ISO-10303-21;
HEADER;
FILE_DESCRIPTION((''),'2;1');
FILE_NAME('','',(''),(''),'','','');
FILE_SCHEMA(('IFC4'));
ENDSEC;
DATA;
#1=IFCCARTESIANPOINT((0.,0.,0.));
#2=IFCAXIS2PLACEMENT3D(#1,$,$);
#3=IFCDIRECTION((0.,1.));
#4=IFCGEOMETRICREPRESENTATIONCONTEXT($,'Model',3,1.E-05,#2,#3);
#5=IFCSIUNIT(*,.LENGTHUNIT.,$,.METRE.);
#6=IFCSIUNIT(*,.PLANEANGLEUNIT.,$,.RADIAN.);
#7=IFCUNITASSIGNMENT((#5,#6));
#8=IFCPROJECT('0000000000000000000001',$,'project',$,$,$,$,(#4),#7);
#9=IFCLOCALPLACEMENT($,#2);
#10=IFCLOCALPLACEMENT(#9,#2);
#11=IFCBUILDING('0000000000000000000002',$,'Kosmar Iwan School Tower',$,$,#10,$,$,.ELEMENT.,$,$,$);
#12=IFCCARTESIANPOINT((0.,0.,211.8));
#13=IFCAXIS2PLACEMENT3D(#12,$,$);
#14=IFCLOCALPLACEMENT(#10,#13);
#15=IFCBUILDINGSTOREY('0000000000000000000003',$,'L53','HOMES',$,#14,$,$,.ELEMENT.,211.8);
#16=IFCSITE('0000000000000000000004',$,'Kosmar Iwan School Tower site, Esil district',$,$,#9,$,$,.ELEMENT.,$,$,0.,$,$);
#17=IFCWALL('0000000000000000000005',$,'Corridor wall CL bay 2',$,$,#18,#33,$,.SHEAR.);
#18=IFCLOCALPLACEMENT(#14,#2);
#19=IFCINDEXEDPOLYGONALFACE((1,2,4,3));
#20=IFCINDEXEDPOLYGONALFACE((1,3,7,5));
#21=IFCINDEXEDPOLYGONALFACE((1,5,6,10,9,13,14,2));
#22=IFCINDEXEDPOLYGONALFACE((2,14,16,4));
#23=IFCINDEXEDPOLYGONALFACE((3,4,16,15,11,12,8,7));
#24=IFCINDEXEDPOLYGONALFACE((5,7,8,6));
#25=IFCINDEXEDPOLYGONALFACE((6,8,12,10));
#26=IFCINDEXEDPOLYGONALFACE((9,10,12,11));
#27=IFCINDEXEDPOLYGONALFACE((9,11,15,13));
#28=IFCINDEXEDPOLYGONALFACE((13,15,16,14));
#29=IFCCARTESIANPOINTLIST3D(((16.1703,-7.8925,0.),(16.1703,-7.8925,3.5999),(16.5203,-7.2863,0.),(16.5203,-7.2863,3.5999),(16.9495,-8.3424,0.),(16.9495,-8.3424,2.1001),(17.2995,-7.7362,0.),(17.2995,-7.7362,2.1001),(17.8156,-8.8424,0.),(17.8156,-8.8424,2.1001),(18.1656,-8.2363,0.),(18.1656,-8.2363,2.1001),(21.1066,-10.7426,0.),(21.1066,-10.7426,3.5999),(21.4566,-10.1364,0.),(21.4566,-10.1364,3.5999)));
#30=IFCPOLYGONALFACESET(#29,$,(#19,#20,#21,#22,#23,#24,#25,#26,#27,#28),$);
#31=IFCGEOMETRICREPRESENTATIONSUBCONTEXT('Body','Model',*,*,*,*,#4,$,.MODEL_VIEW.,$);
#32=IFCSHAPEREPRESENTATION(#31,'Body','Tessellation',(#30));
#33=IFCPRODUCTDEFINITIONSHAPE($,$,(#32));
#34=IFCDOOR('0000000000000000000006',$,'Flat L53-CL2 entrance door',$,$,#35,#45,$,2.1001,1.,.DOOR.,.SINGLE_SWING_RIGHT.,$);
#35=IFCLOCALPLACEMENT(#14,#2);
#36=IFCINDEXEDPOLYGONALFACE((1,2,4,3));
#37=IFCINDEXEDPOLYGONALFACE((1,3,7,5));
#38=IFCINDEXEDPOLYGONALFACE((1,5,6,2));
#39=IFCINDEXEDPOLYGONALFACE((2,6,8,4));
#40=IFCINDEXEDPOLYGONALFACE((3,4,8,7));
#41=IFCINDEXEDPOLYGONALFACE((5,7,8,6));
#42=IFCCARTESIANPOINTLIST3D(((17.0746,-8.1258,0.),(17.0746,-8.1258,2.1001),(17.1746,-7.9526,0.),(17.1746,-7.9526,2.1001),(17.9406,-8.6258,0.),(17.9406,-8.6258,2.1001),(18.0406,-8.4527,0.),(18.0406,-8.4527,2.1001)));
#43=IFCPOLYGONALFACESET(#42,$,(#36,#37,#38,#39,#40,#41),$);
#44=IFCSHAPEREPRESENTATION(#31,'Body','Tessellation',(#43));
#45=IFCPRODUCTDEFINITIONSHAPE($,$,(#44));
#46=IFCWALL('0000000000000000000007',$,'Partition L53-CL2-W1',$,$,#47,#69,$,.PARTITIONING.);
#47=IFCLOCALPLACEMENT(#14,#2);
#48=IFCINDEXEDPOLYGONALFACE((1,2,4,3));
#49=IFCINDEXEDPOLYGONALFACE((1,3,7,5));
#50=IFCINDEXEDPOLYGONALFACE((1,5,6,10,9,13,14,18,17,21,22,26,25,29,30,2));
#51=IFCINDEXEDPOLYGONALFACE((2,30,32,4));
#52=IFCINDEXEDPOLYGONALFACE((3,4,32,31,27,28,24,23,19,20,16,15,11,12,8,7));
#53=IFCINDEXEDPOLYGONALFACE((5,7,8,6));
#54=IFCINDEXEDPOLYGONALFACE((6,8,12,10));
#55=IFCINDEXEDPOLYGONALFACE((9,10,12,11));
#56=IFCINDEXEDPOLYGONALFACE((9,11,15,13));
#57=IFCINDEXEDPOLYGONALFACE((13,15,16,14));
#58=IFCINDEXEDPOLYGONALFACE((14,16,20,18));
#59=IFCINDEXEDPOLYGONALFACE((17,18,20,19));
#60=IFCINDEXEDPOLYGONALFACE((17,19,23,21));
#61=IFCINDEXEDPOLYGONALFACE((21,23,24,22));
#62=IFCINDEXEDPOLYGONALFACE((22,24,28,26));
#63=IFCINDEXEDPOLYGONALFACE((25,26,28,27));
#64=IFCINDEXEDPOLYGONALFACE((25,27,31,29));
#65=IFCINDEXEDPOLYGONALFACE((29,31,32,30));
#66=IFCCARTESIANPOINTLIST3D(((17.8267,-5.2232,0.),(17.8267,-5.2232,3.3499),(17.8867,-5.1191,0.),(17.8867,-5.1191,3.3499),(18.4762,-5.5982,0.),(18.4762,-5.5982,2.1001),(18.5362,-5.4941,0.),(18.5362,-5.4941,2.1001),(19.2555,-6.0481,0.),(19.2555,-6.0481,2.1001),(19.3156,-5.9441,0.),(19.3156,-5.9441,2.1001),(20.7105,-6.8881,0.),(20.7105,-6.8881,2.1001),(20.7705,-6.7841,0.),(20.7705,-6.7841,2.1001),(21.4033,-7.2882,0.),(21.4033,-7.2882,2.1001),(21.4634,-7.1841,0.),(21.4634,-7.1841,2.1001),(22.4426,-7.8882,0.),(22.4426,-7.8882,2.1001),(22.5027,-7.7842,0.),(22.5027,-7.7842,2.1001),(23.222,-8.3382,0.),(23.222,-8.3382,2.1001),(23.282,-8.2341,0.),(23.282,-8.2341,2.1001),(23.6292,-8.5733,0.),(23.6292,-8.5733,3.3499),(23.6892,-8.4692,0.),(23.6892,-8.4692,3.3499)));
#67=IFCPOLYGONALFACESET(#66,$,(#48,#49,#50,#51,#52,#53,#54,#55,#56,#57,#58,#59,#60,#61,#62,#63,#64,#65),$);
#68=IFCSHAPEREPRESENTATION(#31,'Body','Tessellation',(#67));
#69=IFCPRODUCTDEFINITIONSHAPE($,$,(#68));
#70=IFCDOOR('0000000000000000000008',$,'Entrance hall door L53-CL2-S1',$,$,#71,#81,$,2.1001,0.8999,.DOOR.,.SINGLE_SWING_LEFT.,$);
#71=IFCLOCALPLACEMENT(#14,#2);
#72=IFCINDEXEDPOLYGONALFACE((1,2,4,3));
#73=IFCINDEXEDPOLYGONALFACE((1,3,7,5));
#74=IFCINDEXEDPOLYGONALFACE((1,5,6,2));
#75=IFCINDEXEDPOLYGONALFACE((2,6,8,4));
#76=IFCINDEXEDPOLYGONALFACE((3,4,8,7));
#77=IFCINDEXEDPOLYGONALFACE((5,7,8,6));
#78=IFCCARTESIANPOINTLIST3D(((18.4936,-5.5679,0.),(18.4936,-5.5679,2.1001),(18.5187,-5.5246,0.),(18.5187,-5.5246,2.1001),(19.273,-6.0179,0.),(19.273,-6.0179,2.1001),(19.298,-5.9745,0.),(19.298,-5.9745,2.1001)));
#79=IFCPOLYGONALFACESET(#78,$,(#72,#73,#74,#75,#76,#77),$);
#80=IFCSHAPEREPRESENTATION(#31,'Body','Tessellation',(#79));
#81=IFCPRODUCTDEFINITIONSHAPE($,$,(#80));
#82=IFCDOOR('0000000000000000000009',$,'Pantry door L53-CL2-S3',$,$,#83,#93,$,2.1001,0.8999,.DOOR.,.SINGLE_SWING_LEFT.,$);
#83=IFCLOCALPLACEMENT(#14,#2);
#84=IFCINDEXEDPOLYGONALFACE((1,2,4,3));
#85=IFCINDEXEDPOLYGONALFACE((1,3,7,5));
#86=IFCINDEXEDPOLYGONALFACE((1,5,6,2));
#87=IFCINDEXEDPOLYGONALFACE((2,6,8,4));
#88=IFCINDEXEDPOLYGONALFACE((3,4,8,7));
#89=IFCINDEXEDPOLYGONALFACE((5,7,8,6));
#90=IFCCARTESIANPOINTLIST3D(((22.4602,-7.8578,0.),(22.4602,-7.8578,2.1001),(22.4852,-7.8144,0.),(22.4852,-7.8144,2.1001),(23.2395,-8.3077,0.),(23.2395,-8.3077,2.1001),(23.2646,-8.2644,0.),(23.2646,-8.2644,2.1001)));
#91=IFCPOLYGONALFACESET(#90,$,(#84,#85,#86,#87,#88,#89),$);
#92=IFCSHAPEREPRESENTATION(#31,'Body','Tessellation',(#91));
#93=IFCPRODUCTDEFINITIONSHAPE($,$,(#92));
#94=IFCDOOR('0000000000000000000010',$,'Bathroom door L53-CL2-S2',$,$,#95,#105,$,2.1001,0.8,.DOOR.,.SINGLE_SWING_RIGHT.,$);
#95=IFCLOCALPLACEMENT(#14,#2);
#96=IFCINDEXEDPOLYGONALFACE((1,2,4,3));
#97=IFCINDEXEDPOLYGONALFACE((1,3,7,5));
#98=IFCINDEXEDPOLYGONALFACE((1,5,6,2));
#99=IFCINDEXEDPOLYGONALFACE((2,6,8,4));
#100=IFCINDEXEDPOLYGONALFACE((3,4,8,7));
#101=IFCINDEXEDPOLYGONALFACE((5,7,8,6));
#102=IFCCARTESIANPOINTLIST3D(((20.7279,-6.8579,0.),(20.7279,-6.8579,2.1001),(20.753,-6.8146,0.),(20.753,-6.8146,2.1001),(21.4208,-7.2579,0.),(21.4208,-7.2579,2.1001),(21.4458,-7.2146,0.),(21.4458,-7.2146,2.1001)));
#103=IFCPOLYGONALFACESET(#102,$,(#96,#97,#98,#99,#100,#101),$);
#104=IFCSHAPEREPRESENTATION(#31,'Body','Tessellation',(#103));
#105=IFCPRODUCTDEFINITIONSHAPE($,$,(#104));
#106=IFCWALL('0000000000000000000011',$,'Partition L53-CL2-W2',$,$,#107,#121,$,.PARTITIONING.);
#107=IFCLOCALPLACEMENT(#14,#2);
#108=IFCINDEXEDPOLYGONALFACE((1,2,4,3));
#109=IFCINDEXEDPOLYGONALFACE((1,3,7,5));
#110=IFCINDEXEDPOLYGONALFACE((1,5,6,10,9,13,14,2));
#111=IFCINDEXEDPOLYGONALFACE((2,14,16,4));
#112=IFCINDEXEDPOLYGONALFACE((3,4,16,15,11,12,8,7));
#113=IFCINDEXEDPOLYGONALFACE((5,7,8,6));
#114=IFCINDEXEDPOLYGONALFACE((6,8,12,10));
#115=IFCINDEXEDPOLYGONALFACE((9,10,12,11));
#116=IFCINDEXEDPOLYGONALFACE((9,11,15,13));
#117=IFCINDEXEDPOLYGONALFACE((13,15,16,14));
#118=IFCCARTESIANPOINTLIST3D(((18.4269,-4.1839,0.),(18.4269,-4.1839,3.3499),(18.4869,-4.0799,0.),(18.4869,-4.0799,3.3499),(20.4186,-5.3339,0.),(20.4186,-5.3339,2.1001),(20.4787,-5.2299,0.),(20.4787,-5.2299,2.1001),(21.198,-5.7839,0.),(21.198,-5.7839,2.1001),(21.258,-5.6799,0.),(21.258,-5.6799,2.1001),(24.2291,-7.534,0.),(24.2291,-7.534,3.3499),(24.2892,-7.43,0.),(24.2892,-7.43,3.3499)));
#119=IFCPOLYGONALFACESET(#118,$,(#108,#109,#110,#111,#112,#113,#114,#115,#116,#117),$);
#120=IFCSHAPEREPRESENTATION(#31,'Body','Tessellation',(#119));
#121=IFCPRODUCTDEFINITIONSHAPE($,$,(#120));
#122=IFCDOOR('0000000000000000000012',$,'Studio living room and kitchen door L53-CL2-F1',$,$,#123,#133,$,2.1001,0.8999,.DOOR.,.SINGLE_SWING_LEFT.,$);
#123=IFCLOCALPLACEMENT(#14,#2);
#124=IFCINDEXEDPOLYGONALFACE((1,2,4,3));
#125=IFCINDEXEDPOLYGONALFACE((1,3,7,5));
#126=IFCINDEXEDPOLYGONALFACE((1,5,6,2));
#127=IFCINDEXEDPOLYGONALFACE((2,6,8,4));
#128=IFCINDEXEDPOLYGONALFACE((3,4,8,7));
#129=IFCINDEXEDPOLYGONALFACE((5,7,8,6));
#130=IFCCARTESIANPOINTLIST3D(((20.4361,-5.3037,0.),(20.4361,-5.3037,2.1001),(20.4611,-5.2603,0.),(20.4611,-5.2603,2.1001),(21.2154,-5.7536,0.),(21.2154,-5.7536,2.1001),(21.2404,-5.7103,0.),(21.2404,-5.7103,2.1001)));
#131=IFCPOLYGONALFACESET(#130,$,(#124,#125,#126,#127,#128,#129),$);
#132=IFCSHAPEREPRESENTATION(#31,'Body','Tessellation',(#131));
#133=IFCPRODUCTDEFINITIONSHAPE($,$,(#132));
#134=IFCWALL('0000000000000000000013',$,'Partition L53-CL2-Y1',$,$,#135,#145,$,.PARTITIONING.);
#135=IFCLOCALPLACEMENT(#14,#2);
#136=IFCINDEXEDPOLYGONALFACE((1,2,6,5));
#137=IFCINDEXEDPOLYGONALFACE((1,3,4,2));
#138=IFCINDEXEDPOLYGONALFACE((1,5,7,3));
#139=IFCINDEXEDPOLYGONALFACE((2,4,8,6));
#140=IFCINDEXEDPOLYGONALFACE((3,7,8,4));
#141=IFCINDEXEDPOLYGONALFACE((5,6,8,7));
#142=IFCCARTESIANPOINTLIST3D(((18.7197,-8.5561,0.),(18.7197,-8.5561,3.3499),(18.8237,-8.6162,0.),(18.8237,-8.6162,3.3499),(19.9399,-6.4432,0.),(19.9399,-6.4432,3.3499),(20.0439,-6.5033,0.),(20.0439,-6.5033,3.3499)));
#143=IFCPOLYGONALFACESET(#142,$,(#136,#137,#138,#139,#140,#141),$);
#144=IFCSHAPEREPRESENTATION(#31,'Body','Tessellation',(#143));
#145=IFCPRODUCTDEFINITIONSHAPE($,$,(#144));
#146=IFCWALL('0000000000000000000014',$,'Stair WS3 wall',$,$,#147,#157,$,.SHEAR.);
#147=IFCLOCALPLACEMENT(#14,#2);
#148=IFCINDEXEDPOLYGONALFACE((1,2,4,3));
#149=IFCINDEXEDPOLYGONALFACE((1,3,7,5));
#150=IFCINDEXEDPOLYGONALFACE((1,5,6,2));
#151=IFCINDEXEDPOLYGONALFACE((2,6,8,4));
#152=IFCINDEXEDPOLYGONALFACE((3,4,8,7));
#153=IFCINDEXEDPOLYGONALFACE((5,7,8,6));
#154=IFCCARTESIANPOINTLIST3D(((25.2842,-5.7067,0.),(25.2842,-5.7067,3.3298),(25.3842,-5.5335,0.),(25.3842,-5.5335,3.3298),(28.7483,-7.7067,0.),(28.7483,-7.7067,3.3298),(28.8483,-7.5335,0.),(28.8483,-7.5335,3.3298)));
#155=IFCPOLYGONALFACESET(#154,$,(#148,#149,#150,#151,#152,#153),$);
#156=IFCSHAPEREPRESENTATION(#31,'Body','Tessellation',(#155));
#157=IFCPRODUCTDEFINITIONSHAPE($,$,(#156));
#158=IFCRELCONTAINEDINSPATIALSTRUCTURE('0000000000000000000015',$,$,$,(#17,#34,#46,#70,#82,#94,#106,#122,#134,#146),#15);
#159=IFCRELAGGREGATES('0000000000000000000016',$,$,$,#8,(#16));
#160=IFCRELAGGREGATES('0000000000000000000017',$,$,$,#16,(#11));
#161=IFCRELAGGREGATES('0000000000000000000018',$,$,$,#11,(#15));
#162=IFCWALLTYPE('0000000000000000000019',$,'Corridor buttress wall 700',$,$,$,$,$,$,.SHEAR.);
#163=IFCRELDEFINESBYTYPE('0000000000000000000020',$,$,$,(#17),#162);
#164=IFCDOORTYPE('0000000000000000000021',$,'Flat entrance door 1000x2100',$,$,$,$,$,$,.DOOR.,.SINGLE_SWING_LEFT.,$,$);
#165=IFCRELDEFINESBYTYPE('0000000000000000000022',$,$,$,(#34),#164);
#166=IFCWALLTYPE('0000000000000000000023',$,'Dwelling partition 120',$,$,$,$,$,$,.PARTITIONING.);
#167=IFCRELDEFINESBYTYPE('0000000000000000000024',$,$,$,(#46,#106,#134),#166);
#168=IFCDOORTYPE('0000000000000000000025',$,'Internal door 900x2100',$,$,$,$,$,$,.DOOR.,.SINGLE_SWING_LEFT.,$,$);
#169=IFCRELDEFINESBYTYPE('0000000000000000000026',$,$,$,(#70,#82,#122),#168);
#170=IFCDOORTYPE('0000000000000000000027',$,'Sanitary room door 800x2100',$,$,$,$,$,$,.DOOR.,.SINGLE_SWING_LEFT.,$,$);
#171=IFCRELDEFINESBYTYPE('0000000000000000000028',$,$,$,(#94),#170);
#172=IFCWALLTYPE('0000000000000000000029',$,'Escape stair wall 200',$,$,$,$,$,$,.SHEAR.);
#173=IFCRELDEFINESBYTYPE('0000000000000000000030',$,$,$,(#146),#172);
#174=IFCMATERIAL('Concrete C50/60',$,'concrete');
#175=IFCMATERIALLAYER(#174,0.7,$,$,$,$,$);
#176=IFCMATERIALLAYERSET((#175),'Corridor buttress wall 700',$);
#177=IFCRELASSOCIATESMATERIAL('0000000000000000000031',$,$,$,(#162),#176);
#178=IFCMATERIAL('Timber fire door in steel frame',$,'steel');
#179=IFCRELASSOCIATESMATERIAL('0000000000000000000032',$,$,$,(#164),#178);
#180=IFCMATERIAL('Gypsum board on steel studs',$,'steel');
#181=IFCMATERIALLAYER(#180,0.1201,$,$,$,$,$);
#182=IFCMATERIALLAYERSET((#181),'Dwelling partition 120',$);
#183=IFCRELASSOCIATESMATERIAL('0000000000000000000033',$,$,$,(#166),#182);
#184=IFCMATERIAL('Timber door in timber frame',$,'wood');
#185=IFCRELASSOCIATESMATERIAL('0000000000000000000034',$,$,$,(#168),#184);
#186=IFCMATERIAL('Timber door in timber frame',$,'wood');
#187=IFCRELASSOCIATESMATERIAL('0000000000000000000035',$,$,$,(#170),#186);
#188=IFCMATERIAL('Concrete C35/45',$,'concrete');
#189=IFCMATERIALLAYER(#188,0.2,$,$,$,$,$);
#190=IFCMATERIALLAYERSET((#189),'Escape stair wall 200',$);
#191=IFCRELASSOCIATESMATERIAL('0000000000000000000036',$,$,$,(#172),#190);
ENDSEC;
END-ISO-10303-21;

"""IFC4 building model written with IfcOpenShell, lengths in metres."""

from ifc_helpers import new_model, si_unit, direction, frame, frame_2d, origin, place, context, subcontext, project, spatial, rectangle, extrude, material, layer, layer_set, type_object, element, fill, save


model = new_model("IFC4")

# Units and contexts
model_context = context("Model", 3, precision=1e-05, world=origin(), true_north=direction((0.0, 1.0)))
body_context = subcontext(model_context, "Body", "Model", "MODEL_VIEW")
ifc_project = project(units=[si_unit("LENGTHUNIT", "METRE"), si_unit("PLANEANGLEUNIT", "RADIAN")], contexts=[model_context])

# Site, building, storey
site_placement = place(None, origin())
site = spatial("IfcSite", under=ifc_project, at=site_placement, Name="Kosmar Iwan School Tower site, Esil district", CompositionType="ELEMENT", RefElevation=0.0)
building_placement = place(site_placement, origin())
building = spatial("IfcBuilding", under=site, at=building_placement, Name="Kosmar Iwan School Tower", CompositionType="ELEMENT")
storey_placement = place(building_placement, frame((0.0, 0.0, 211.8)))
storey = spatial("IfcBuildingStorey", under=building, at=storey_placement, Name="L53", Description="HOMES", CompositionType="ELEMENT", Elevation=211.8)

# Wall, opening, door
ifc_material_1 = material(Name="Concrete C50/60", Category="concrete")
ifc_layer_1 = layer(ifc_material_1, 0.7)
ifc_layer_set_1 = layer_set([ifc_layer_1], Name="Corridor buttress wall 700")
wall_type_1 = type_object("IfcWallType", Name="Corridor buttress wall 700", PredefinedType="SHEAR", material=ifc_layer_set_1)
wall_1_placement = place(storey_placement, frame((16.3452, -7.5894, 0.0), z_axis=(0.0, 0.0, 1.0), x_axis=(0.866015, -0.500018, 0.0)))
wall_1 = element("IfcWall", 1, at=wall_1_placement, inside=storey, type_object=wall_type_1, Name="Corridor wall CL bay 2", PredefinedType="SHEAR", context=body_context, shape_type="SweptSolid", body=[
    extrude(rectangle(XDim=5.7, YDim=0.7, at=frame_2d((2.8501, 0.0))), origin(), (0.0, 0.0, 1.0), 3.5999),
])
opening_1_placement = place(wall_1_placement, frame((0.8999, 0.0, 0.0)))
opening_1 = element("IfcOpeningElement", 2, at=opening_1_placement, cuts=wall_1, PredefinedType="OPENING", context=body_context, shape_type="SweptSolid", body=[
    extrude(rectangle(XDim=1.0, YDim=2.1001, at=frame_2d((0.5, 1.05))), frame((0.0, 0.3621, 0.0), z_axis=(0.0, -1.0, 0.0), x_axis=(1.0, 0.0, 0.0)), (0.0, 0.0, 1.0), 0.7239),
])
ifc_material_2 = material(Name="Timber fire door in steel frame", Category="steel")
door_type_1 = type_object("IfcDoorType", Name="Flat entrance door 1000x2100", OperationType="SINGLE_SWING_LEFT", PredefinedType="DOOR", material=ifc_material_2)
door_1_placement = place(opening_1_placement, origin())
door_1 = element("IfcDoor", 3, at=door_1_placement, inside=storey, type_object=door_type_1, Name="Flat L53-CL2 entrance door", OperationType="SINGLE_SWING_RIGHT", OverallHeight=2.1001, OverallWidth=1.0, PredefinedType="DOOR", context=body_context, shape_type="SweptSolid", body=[
    extrude(rectangle(XDim=1.0, YDim=2.1001, at=frame_2d((0.5, 1.05))), frame((0.0, 0.1001, 0.0), z_axis=(0.0, -1.0, 0.0), x_axis=(1.0, 0.0, 0.0)), (0.0, 0.0, 1.0), 0.2),
])
fill(opening_1, door_1)

# Wall, openings, doors
ifc_material_3 = material(Name="Gypsum board on steel studs", Category="steel")
ifc_layer_2 = layer(ifc_material_3, 0.1201)
ifc_layer_set_2 = layer_set([ifc_layer_2], Name="Dwelling partition 120")
wall_type_2 = type_object("IfcWallType", Name="Dwelling partition 120", PredefinedType="PARTITIONING", material=ifc_layer_set_2)
wall_2_placement = place(storey_placement, frame((17.8567, -5.1711, 0.0), z_axis=(0.0, 0.0, 1.0), x_axis=(0.866024, -0.500003, 0.0)))
wall_2 = element("IfcWall", 4, at=wall_2_placement, inside=storey, type_object=wall_type_2, Name="Partition L53-CL2-W1", PredefinedType="PARTITIONING", context=body_context, shape_type="SweptSolid", body=[
    extrude(rectangle(XDim=6.7002, YDim=0.1201, at=frame_2d((3.3501, 0.0))), origin(), (0.0, 0.0, 1.0), 3.3499),
])
opening_2_placement = place(wall_2_placement, frame((0.75, 0.0, 0.0)))
opening_2 = element("IfcOpeningElement", 5, at=opening_2_placement, cuts=wall_2, PredefinedType="OPENING", context=body_context, shape_type="SweptSolid", body=[
    extrude(rectangle(XDim=0.8999, YDim=2.1001, at=frame_2d((0.45, 1.05))), frame((0.0, 0.072, 0.0), z_axis=(0.0, -1.0, 0.0), x_axis=(1.0, 0.0, 0.0)), (0.0, 0.0, 1.0), 0.144),
])
opening_3_placement = place(wall_2_placement, frame((3.3301, 0.0, 0.0)))
opening_3 = element("IfcOpeningElement", 6, at=opening_3_placement, cuts=wall_2, PredefinedType="OPENING", context=body_context, shape_type="SweptSolid", body=[
    extrude(rectangle(XDim=0.8, YDim=2.1001, at=frame_2d((0.3999, 1.05))), frame((0.0, 0.072, 0.0), z_axis=(0.0, -1.0, 0.0), x_axis=(1.0, 0.0, 0.0)), (0.0, 0.0, 1.0), 0.144),
])
opening_4_placement = place(wall_2_placement, frame((5.3301, 0.0, 0.0)))
opening_4 = element("IfcOpeningElement", 7, at=opening_4_placement, cuts=wall_2, PredefinedType="OPENING", context=body_context, shape_type="SweptSolid", body=[
    extrude(rectangle(XDim=0.8999, YDim=2.1001, at=frame_2d((0.45, 1.05))), frame((0.0, 0.072, 0.0), z_axis=(0.0, -1.0, 0.0), x_axis=(1.0, 0.0, 0.0)), (0.0, 0.0, 1.0), 0.144),
])
ifc_material_4 = material(Name="Timber door in timber frame", Category="wood")
door_type_2 = type_object("IfcDoorType", Name="Internal door 900x2100", OperationType="SINGLE_SWING_LEFT", PredefinedType="DOOR", material=ifc_material_4)
door_2_placement = place(opening_2_placement, origin())
door_2 = element("IfcDoor", 8, at=door_2_placement, inside=storey, type_object=door_type_2, Name="Entrance hall door L53-CL2-S1", OperationType="SINGLE_SWING_LEFT", OverallHeight=2.1001, OverallWidth=0.8999, PredefinedType="DOOR", context=body_context, shape_type="SweptSolid", body=[
    extrude(rectangle(XDim=0.8999, YDim=2.1001, at=frame_2d((0.45, 1.05))), frame((0.0, 0.0249, 0.0), z_axis=(0.0, -1.0, 0.0), x_axis=(1.0, 0.0, 0.0)), (0.0, 0.0, 1.0), 0.05),
])
fill(opening_2, door_2)
door_3_placement = place(opening_4_placement, frame((0.8999, 0.0, 0.0), z_axis=(0.0, 0.0, 1.0), x_axis=(-1.0, 0.0, 0.0)))
door_3 = element("IfcDoor", 9, at=door_3_placement, inside=storey, type_object=door_type_2, Name="Pantry door L53-CL2-S3", OperationType="SINGLE_SWING_LEFT", OverallHeight=2.1001, OverallWidth=0.8999, PredefinedType="DOOR", context=body_context, shape_type="SweptSolid", body=[
    extrude(rectangle(XDim=0.8999, YDim=2.1001, at=frame_2d((0.45, 1.05))), frame((0.0, 0.0249, 0.0), z_axis=(0.0, -1.0, 0.0), x_axis=(1.0, 0.0, 0.0)), (0.0, 0.0, 1.0), 0.05),
])
fill(opening_4, door_3)
ifc_material_5 = material(Name="Timber door in timber frame", Category="wood")
door_type_3 = type_object("IfcDoorType", Name="Sanitary room door 800x2100", OperationType="SINGLE_SWING_LEFT", PredefinedType="DOOR", material=ifc_material_5)
door_4_placement = place(opening_3_placement, origin())
door_4 = element("IfcDoor", 10, at=door_4_placement, inside=storey, type_object=door_type_3, Name="Bathroom door L53-CL2-S2", OperationType="SINGLE_SWING_RIGHT", OverallHeight=2.1001, OverallWidth=0.8, PredefinedType="DOOR", context=body_context, shape_type="SweptSolid", body=[
    extrude(rectangle(XDim=0.8, YDim=2.1001, at=frame_2d((0.3999, 1.05))), frame((0.0, 0.0249, 0.0), z_axis=(0.0, -1.0, 0.0), x_axis=(1.0, 0.0, 0.0)), (0.0, 0.0, 1.0), 0.05),
])
fill(opening_3, door_4)

# Wall, opening, door
wall_3_placement = place(storey_placement, frame((18.4568, -4.1318, 0.0), z_axis=(0.0, 0.0, 1.0), x_axis=(0.866014, -0.500019, 0.0)))
wall_3 = element("IfcWall", 11, at=wall_3_placement, inside=storey, type_object=wall_type_2, Name="Partition L53-CL2-W2", PredefinedType="PARTITIONING", context=body_context, shape_type="SweptSolid", body=[
    extrude(rectangle(XDim=6.7, YDim=0.1201, at=frame_2d((3.3501, 0.0))), origin(), (0.0, 0.0, 1.0), 3.3499),
])
opening_5_placement = place(wall_3_placement, frame((2.3, 0.0, 0.0)))
opening_5 = element("IfcOpeningElement", 12, at=opening_5_placement, cuts=wall_3, PredefinedType="OPENING", context=body_context, shape_type="SweptSolid", body=[
    extrude(rectangle(XDim=0.8999, YDim=2.1001, at=frame_2d((0.45, 1.05))), frame((0.0, 0.072, 0.0), z_axis=(0.0, -1.0, 0.0), x_axis=(1.0, 0.0, 0.0)), (0.0, 0.0, 1.0), 0.144),
])
door_5_placement = place(opening_5_placement, origin())
door_5 = element("IfcDoor", 13, at=door_5_placement, inside=storey, type_object=door_type_2, Name="Studio living room and kitchen door L53-CL2-F1", OperationType="SINGLE_SWING_LEFT", OverallHeight=2.1001, OverallWidth=0.8999, PredefinedType="DOOR", context=body_context, shape_type="SweptSolid", body=[
    extrude(rectangle(XDim=0.8999, YDim=2.1001, at=frame_2d((0.45, 1.05))), frame((0.0, 0.0249, 0.0), z_axis=(0.0, -1.0, 0.0), x_axis=(1.0, 0.0, 0.0)), (0.0, 0.0, 1.0), 0.05),
])
fill(opening_5, door_5)

# Walls
wall_4_placement = place(storey_placement, frame((18.7717, -8.5862, 0.0), z_axis=(0.0, 0.0, 1.0), x_axis=(0.500078, 0.865981, 0.0)))
element("IfcWall", 14, at=wall_4_placement, inside=storey, type_object=wall_type_2, Name="Partition L53-CL2-Y1", PredefinedType="PARTITIONING", context=body_context, shape_type="SweptSolid", body=[
    extrude(rectangle(XDim=2.4399, YDim=0.1201, at=frame_2d((1.22, 0.0))), origin(), (0.0, 0.0, 1.0), 3.3499),
])
ifc_material_6 = material(Name="Concrete C35/45", Category="concrete")
ifc_layer_3 = layer(ifc_material_6, 0.2)
ifc_layer_set_3 = layer_set([ifc_layer_3], Name="Escape stair wall 200")
wall_type_3 = type_object("IfcWallType", Name="Escape stair wall 200", PredefinedType="SHEAR", material=ifc_layer_set_3)
wall_5_placement = place(storey_placement, frame((25.3342, -5.6201, 0.0), z_axis=(0.0, 0.0, 1.0), x_axis=(0.866026, -0.499999, 0.0)))
element("IfcWall", 15, at=wall_5_placement, inside=storey, type_object=wall_type_3, Name="Stair WS3 wall", PredefinedType="SHEAR", context=body_context, shape_type="SweptSolid", body=[
    extrude(rectangle(XDim=4.0, YDim=0.2, at=frame_2d((2.0, 0.0))), origin(), (0.0, 0.0, 1.0), 3.3298),
])

save(model, "model.ifc")
